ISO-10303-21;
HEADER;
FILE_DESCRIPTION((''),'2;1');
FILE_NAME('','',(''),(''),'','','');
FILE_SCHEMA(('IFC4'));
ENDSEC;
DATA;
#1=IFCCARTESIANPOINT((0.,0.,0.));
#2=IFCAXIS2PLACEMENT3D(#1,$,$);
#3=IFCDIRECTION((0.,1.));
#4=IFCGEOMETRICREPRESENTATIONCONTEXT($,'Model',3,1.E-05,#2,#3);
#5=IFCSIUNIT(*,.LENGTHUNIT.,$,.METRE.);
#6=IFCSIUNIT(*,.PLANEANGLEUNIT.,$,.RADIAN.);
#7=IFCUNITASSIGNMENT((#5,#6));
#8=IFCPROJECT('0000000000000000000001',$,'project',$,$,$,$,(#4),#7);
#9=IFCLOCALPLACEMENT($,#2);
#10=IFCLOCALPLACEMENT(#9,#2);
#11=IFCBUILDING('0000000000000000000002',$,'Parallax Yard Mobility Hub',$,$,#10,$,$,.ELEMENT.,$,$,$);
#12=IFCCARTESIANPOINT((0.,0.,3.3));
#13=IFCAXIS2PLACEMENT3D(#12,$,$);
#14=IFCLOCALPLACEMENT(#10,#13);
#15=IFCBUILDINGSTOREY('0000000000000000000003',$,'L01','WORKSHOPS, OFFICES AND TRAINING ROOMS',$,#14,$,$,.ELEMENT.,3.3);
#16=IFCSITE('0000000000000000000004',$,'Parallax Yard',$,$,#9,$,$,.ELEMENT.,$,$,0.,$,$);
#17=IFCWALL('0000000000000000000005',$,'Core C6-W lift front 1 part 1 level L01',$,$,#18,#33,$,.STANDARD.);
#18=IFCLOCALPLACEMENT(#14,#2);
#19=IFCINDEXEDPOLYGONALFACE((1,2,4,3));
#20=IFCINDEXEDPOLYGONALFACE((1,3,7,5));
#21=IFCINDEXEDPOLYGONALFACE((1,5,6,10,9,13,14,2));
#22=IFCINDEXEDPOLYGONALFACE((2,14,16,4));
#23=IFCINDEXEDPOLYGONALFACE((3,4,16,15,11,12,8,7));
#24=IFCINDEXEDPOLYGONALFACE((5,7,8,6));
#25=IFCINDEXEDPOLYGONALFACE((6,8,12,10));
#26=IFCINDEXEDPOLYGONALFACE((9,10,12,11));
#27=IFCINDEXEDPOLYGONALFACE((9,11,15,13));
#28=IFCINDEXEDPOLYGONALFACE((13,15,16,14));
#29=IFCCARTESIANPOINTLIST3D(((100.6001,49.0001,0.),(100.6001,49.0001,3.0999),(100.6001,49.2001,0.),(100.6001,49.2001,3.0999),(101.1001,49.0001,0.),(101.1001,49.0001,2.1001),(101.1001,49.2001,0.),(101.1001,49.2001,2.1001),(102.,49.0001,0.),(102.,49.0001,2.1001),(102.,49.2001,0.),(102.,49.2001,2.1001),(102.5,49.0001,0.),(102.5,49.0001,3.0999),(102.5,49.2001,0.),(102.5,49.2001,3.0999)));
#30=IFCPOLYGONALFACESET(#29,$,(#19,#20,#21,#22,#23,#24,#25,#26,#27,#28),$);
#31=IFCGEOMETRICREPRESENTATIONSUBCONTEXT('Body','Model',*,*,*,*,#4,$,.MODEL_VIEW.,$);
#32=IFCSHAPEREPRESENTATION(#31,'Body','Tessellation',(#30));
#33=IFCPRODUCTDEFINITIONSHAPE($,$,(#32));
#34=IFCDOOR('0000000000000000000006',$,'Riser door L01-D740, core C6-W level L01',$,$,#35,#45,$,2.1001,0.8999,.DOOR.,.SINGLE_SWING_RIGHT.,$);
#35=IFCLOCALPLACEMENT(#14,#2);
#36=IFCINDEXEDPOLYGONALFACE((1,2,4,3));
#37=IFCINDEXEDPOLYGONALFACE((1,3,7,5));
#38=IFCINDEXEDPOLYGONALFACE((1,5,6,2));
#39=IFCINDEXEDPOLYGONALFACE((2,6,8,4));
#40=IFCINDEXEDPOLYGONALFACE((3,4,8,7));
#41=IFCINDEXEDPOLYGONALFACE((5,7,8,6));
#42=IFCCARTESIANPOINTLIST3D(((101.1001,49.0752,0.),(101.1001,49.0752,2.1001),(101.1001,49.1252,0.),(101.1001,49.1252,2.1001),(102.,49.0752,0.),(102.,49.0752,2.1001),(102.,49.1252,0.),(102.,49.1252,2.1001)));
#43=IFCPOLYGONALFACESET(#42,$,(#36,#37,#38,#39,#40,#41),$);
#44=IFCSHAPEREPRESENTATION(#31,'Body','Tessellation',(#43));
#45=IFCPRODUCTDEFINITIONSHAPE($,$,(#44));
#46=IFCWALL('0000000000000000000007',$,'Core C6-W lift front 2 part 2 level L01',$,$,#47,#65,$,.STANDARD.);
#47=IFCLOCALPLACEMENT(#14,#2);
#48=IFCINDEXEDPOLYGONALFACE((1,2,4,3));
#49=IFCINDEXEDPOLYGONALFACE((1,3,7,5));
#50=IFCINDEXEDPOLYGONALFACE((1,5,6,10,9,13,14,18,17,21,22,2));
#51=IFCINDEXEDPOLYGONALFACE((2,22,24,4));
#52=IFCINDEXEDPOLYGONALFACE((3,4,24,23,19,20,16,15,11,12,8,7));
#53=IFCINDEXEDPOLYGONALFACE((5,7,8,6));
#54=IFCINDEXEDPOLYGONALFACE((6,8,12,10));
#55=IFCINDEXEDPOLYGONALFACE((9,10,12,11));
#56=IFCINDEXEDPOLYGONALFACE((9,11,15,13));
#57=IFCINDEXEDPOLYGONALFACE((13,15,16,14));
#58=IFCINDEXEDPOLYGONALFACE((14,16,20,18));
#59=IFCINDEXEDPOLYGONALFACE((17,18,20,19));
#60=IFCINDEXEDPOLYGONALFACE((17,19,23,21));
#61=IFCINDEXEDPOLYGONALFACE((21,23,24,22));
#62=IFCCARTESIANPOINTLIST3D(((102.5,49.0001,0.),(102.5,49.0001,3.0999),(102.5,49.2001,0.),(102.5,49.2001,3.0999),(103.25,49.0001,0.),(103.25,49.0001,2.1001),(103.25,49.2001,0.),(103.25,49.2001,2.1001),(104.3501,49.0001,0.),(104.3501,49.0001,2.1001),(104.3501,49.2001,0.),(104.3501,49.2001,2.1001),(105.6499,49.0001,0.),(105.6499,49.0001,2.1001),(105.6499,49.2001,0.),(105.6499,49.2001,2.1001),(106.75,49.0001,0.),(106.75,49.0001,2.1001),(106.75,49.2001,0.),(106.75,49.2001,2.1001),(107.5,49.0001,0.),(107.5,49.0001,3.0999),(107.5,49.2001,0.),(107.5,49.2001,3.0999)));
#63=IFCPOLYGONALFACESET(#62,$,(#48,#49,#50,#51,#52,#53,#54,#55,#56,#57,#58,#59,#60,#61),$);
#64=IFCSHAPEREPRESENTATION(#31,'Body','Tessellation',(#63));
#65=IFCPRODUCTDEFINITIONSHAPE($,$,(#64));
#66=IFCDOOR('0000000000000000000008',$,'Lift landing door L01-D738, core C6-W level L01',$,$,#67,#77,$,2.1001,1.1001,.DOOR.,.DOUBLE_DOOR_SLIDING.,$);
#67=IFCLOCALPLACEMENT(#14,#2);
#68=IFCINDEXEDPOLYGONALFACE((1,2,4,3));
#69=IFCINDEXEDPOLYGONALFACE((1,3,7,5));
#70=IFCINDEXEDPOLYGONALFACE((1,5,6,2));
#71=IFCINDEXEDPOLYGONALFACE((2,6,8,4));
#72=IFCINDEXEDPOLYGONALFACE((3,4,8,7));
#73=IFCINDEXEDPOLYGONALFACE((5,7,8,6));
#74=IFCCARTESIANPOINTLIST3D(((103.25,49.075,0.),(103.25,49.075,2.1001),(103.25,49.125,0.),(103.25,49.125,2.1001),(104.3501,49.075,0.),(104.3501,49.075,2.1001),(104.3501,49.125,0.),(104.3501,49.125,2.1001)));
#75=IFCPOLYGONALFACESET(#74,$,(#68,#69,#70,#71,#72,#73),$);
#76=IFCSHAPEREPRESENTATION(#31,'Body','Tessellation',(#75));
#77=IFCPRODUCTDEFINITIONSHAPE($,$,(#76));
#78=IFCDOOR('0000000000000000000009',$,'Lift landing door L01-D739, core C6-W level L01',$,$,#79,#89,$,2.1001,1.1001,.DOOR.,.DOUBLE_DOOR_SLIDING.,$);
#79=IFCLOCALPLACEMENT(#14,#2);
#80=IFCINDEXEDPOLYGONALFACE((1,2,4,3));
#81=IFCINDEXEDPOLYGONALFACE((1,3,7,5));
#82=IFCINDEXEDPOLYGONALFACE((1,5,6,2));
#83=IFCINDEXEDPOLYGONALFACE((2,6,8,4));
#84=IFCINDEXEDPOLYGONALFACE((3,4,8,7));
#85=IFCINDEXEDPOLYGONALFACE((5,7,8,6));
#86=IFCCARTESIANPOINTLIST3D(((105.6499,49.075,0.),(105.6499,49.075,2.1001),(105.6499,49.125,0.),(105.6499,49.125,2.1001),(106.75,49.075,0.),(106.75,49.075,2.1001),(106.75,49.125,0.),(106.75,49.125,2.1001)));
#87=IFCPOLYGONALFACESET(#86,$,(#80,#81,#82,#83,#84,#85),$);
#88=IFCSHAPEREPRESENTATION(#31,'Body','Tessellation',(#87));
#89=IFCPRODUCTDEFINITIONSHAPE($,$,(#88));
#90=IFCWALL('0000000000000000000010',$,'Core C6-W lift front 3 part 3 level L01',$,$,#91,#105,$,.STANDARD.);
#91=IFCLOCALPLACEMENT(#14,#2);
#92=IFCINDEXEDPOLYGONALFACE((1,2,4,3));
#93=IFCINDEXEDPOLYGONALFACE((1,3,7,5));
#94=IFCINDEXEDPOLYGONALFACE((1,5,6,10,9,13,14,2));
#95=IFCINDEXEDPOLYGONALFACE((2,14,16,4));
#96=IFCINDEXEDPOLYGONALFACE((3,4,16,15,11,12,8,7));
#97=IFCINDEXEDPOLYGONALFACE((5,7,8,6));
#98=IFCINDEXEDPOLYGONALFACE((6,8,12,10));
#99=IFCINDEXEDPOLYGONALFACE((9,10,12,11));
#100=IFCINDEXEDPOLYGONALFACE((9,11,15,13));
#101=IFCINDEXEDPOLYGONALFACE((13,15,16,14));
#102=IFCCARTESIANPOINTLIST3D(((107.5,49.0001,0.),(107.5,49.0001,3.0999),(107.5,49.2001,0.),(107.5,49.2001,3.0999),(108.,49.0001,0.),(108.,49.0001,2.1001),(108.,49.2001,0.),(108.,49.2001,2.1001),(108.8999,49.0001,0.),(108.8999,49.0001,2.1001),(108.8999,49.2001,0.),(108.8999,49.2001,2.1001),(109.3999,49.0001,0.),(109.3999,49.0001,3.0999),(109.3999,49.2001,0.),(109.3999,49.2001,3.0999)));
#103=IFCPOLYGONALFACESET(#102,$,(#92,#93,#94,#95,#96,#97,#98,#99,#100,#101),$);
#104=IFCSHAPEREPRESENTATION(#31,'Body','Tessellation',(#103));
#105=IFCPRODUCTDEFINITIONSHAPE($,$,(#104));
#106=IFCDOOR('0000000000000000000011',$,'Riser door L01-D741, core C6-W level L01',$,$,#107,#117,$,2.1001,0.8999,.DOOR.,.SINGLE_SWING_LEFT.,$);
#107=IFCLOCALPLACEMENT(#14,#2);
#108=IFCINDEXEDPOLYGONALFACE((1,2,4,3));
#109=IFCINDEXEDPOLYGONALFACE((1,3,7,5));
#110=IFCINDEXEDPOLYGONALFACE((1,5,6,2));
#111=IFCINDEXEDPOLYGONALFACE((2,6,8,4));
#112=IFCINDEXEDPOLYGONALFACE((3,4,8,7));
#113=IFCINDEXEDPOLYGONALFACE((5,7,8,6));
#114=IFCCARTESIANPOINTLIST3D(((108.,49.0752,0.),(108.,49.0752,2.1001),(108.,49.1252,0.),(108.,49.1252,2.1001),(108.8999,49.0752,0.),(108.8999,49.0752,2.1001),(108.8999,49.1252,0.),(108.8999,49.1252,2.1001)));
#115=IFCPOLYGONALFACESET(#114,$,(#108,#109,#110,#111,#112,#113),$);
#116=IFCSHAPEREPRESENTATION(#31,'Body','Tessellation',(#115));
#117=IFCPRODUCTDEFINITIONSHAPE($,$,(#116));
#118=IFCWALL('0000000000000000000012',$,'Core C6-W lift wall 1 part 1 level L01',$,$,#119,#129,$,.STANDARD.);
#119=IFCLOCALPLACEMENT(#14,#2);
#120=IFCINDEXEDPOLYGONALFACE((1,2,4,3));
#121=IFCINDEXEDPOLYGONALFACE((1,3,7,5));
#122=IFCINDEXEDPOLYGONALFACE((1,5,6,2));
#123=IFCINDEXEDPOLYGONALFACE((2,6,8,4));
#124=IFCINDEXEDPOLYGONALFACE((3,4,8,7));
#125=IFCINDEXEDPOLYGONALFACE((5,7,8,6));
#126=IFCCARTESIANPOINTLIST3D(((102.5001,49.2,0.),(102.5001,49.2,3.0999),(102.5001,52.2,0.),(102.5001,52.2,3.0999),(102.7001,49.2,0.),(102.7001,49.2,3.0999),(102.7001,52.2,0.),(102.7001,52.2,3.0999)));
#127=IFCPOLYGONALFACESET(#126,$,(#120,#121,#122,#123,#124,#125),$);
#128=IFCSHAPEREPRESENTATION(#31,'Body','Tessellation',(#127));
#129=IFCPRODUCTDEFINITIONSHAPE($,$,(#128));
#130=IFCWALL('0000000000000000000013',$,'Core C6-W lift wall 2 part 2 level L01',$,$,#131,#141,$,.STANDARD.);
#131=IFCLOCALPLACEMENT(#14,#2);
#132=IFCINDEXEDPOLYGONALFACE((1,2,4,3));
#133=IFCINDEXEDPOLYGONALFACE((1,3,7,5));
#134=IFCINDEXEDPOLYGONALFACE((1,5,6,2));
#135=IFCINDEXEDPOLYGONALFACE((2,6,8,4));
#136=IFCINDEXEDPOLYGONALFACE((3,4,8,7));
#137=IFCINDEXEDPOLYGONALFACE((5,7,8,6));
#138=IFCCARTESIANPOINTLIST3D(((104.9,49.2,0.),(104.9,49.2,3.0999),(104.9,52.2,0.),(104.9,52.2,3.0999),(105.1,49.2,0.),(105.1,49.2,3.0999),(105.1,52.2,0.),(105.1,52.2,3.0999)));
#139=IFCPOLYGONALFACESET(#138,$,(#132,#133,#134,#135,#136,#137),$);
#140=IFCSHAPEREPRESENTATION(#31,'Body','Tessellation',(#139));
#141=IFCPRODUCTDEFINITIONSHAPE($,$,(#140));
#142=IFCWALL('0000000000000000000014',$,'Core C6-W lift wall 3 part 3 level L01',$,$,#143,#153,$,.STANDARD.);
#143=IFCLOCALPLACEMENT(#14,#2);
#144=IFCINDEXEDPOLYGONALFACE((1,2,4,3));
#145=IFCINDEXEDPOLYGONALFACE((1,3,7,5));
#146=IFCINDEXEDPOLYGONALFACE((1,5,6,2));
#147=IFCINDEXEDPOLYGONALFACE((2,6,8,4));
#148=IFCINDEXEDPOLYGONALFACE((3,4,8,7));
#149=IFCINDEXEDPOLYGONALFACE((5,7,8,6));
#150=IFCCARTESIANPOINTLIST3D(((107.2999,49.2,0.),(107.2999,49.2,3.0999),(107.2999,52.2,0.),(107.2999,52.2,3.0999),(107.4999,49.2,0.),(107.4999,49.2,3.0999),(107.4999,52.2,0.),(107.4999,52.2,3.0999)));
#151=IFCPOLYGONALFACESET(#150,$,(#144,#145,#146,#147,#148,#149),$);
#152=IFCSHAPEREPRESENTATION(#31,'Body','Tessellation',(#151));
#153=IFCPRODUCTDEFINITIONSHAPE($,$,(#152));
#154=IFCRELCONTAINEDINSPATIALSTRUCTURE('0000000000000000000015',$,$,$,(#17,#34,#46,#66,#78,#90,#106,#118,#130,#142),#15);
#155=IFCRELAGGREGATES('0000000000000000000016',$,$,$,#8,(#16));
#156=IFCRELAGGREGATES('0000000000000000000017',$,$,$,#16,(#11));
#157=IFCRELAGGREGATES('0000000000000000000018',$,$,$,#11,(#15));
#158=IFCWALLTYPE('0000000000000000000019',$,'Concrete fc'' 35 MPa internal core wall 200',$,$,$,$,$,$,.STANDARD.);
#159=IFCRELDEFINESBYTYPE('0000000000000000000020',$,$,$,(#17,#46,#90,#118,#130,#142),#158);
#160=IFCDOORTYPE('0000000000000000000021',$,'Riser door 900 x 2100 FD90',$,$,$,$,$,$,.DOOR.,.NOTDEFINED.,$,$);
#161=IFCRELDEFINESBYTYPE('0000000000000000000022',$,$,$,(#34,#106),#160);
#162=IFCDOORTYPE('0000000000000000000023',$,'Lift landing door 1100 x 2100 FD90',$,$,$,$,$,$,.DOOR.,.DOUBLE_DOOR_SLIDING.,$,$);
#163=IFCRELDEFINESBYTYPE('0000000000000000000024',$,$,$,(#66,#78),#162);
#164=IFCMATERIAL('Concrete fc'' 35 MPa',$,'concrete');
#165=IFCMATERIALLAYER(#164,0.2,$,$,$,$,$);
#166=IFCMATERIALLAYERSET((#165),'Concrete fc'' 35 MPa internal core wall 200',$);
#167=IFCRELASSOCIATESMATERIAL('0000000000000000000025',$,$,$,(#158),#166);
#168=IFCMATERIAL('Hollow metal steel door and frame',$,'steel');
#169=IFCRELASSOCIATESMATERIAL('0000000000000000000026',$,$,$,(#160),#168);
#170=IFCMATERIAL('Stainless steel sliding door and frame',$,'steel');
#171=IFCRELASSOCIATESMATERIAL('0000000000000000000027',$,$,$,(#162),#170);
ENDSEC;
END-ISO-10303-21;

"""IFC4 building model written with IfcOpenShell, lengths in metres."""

from ifc_helpers import new_model, si_unit, direction, frame, frame_2d, origin, place, context, subcontext, project, spatial, rectangle, extrude, material, layer, layer_set, type_object, element, fill, save


model = new_model("IFC4")

# Units and contexts
model_context = context("Model", 3, precision=1e-05, world=origin(), true_north=direction((0.0, 1.0)))
body_context = subcontext(model_context, "Body", "Model", "MODEL_VIEW")
ifc_project = project(units=[si_unit("LENGTHUNIT", "METRE"), si_unit("PLANEANGLEUNIT", "RADIAN")], contexts=[model_context])

# Site, building, storey
site_placement = place(None, origin())
site = spatial("IfcSite", under=ifc_project, at=site_placement, Name="Parallax Yard", CompositionType="ELEMENT", RefElevation=0.0)
building_placement = place(site_placement, origin())
building = spatial("IfcBuilding", under=site, at=building_placement, Name="Parallax Yard Mobility Hub", CompositionType="ELEMENT")
storey_placement = place(building_placement, frame((0.0, 0.0, 3.3)))
storey = spatial("IfcBuildingStorey", under=building, at=storey_placement, Name="L01", Description="WORKSHOPS, OFFICES AND TRAINING ROOMS", CompositionType="ELEMENT", Elevation=3.3)

# Wall, opening, door
ifc_material_1 = material(Name="Concrete fc' 35 MPa", Category="concrete")
ifc_layer_1 = layer(ifc_material_1, 0.2)
ifc_layer_set_1 = layer_set([ifc_layer_1], Name="Concrete fc' 35 MPa internal core wall 200")
wall_type_1 = type_object("IfcWallType", Name="Concrete fc' 35 MPa internal core wall 200", PredefinedType="STANDARD", material=ifc_layer_set_1)
wall_1_placement = place(storey_placement, frame((102.5, 49.1001, 0.0), z_axis=(0.0, 0.0, 1.0), x_axis=(-1.0, 0.0, 0.0)))
wall_1 = element("IfcWall", 1, at=wall_1_placement, inside=storey, type_object=wall_type_1, Name="Core C6-W lift front 1 part 1 level L01", PredefinedType="STANDARD", context=body_context, shape_type="SweptSolid", body=[
    extrude(rectangle(XDim=1.8999, YDim=0.2, at=frame_2d((0.95, 0.0))), origin(), (0.0, 0.0, 1.0), 3.0999),
])
opening_1_placement = place(wall_1_placement, frame((0.5, 0.0, 0.0)))
opening_1 = element("IfcOpeningElement", 2, at=opening_1_placement, cuts=wall_1, PredefinedType="OPENING", context=body_context, shape_type="SweptSolid", body=[
    extrude(rectangle(XDim=0.8999, YDim=2.1001, at=frame_2d((0.45, 1.05))), frame((0.0, 0.1099, 0.0), z_axis=(0.0, -1.0, 0.0), x_axis=(1.0, 0.0, 0.0)), (0.0, 0.0, 1.0), 0.22),
])
ifc_material_2 = material(Name="Hollow metal steel door and frame", Category="steel")
door_type_1 = type_object("IfcDoorType", Name="Riser door 900 x 2100 FD90", OperationType="NOTDEFINED", PredefinedType="DOOR", material=ifc_material_2)
door_1_placement = place(opening_1_placement, origin())
door_1 = element("IfcDoor", 3, at=door_1_placement, inside=storey, type_object=door_type_1, Name="Riser door L01-D740, core C6-W level L01", OperationType="SINGLE_SWING_RIGHT", OverallHeight=2.1001, OverallWidth=0.8999, PredefinedType="DOOR", context=body_context, shape_type="SweptSolid", body=[
    extrude(rectangle(XDim=0.8999, YDim=2.1001, at=frame_2d((0.45, 1.05))), frame((0.0, 0.0249, 0.0), z_axis=(0.0, -1.0, 0.0), x_axis=(1.0, 0.0, 0.0)), (0.0, 0.0, 1.0), 0.05),
])
fill(opening_1, door_1)

# Wall, openings, doors
wall_2_placement = place(storey_placement, frame((102.5, 49.1001, 0.0), z_axis=(0.0, 0.0, 1.0), x_axis=(1.0, 0.0, 0.0)))
wall_2 = element("IfcWall", 4, at=wall_2_placement, inside=storey, type_object=wall_type_1, Name="Core C6-W lift front 2 part 2 level L01", PredefinedType="STANDARD", context=body_context, shape_type="SweptSolid", body=[
    extrude(rectangle(XDim=5.0, YDim=0.2, at=frame_2d((2.5, 0.0))), origin(), (0.0, 0.0, 1.0), 3.0999),
])
opening_2_placement = place(wall_2_placement, frame((0.75, 0.0, 0.0)))
opening_2 = element("IfcOpeningElement", 5, at=opening_2_placement, cuts=wall_2, PredefinedType="OPENING", context=body_context, shape_type="SweptSolid", body=[
    extrude(rectangle(XDim=1.1001, YDim=2.1001, at=frame_2d((0.55, 1.05))), frame((0.0, 0.1099, 0.0), z_axis=(0.0, -1.0, 0.0), x_axis=(1.0, 0.0, 0.0)), (0.0, 0.0, 1.0), 0.22),
])
opening_3_placement = place(wall_2_placement, frame((3.1499, 0.0, 0.0)))
opening_3 = element("IfcOpeningElement", 6, at=opening_3_placement, cuts=wall_2, PredefinedType="OPENING", context=body_context, shape_type="SweptSolid", body=[
    extrude(rectangle(XDim=1.1001, YDim=2.1001, at=frame_2d((0.55, 1.05))), frame((0.0, 0.1099, 0.0), z_axis=(0.0, -1.0, 0.0), x_axis=(1.0, 0.0, 0.0)), (0.0, 0.0, 1.0), 0.22),
])
ifc_material_3 = material(Name="Stainless steel sliding door and frame", Category="steel")
door_type_2 = type_object("IfcDoorType", Name="Lift landing door 1100 x 2100 FD90", OperationType="DOUBLE_DOOR_SLIDING", PredefinedType="DOOR", material=ifc_material_3)
door_2_placement = place(opening_2_placement, origin())
door_2 = element("IfcDoor", 7, at=door_2_placement, inside=storey, type_object=door_type_2, Name="Lift landing door L01-D738, core C6-W level L01", OperationType="DOUBLE_DOOR_SLIDING", OverallHeight=2.1001, OverallWidth=1.1001, PredefinedType="DOOR", context=body_context, shape_type="SweptSolid", body=[
    extrude(rectangle(XDim=1.1001, YDim=2.1001, at=frame_2d((0.55, 1.05))), frame((0.0, 0.0249, 0.0), z_axis=(0.0, -1.0, 0.0), x_axis=(1.0, 0.0, 0.0)), (0.0, 0.0, 1.0), 0.05),
])
fill(opening_2, door_2)
door_3_placement = place(opening_3_placement, origin())
door_3 = element("IfcDoor", 8, at=door_3_placement, inside=storey, type_object=door_type_2, Name="Lift landing door L01-D739, core C6-W level L01", OperationType="DOUBLE_DOOR_SLIDING", OverallHeight=2.1001, OverallWidth=1.1001, PredefinedType="DOOR", context=body_context, shape_type="SweptSolid", body=[
    extrude(rectangle(XDim=1.1001, YDim=2.1001, at=frame_2d((0.55, 1.05))), frame((0.0, 0.0249, 0.0), z_axis=(0.0, -1.0, 0.0), x_axis=(1.0, 0.0, 0.0)), (0.0, 0.0, 1.0), 0.05),
])
fill(opening_3, door_3)

# Wall, opening, door
wall_3_placement = place(storey_placement, frame((109.3999, 49.1001, 0.0), z_axis=(0.0, 0.0, 1.0), x_axis=(-1.0, 0.0, 0.0)))
wall_3 = element("IfcWall", 9, at=wall_3_placement, inside=storey, type_object=wall_type_1, Name="Core C6-W lift front 3 part 3 level L01", PredefinedType="STANDARD", context=body_context, shape_type="SweptSolid", body=[
    extrude(rectangle(XDim=1.8999, YDim=0.2, at=frame_2d((0.95, 0.0))), origin(), (0.0, 0.0, 1.0), 3.0999),
])
opening_4_placement = place(wall_3_placement, frame((0.5, 0.0, 0.0)))
opening_4 = element("IfcOpeningElement", 10, at=opening_4_placement, cuts=wall_3, PredefinedType="OPENING", context=body_context, shape_type="SweptSolid", body=[
    extrude(rectangle(XDim=0.8999, YDim=2.1001, at=frame_2d((0.45, 1.05))), frame((0.0, 0.1099, 0.0), z_axis=(0.0, -1.0, 0.0), x_axis=(1.0, 0.0, 0.0)), (0.0, 0.0, 1.0), 0.22),
])
door_4_placement = place(opening_4_placement, origin())
door_4 = element("IfcDoor", 11, at=door_4_placement, inside=storey, type_object=door_type_1, Name="Riser door L01-D741, core C6-W level L01", OperationType="SINGLE_SWING_LEFT", OverallHeight=2.1001, OverallWidth=0.8999, PredefinedType="DOOR", context=body_context, shape_type="SweptSolid", body=[
    extrude(rectangle(XDim=0.8999, YDim=2.1001, at=frame_2d((0.45, 1.05))), frame((0.0, 0.0249, 0.0), z_axis=(0.0, -1.0, 0.0), x_axis=(1.0, 0.0, 0.0)), (0.0, 0.0, 1.0), 0.05),
])
fill(opening_4, door_4)

# Walls
for number, where, z_axis, x_axis, name in (
    (12, (102.6001, 49.2, 0.0), (0.0, 0.0, 1.0), (0.0, 1.0, 0.0), "Core C6-W lift wall 1 part 1 level L01"),
    (13, (105.0, 49.2, 0.0), (0.0, 0.0, 1.0), (0.0, 1.0, 0.0), "Core C6-W lift wall 2 part 2 level L01"),
    (14, (107.3999, 49.2, 0.0), (0.0, 0.0, 1.0), (0.0, 1.0, 0.0), "Core C6-W lift wall 3 part 3 level L01"),
):
    element("IfcWall", number, at=place(storey_placement, frame(where, z_axis=z_axis, x_axis=x_axis)), inside=storey, type_object=wall_type_1, Name=name, PredefinedType="STANDARD", context=body_context, shape_type="SweptSolid", body=[
        extrude(rectangle(XDim=3.0, YDim=0.2, at=frame_2d((1.5, 0.0))), origin(), (0.0, 0.0, 1.0), 3.0999),
    ])

save(model, "model.ifc")
